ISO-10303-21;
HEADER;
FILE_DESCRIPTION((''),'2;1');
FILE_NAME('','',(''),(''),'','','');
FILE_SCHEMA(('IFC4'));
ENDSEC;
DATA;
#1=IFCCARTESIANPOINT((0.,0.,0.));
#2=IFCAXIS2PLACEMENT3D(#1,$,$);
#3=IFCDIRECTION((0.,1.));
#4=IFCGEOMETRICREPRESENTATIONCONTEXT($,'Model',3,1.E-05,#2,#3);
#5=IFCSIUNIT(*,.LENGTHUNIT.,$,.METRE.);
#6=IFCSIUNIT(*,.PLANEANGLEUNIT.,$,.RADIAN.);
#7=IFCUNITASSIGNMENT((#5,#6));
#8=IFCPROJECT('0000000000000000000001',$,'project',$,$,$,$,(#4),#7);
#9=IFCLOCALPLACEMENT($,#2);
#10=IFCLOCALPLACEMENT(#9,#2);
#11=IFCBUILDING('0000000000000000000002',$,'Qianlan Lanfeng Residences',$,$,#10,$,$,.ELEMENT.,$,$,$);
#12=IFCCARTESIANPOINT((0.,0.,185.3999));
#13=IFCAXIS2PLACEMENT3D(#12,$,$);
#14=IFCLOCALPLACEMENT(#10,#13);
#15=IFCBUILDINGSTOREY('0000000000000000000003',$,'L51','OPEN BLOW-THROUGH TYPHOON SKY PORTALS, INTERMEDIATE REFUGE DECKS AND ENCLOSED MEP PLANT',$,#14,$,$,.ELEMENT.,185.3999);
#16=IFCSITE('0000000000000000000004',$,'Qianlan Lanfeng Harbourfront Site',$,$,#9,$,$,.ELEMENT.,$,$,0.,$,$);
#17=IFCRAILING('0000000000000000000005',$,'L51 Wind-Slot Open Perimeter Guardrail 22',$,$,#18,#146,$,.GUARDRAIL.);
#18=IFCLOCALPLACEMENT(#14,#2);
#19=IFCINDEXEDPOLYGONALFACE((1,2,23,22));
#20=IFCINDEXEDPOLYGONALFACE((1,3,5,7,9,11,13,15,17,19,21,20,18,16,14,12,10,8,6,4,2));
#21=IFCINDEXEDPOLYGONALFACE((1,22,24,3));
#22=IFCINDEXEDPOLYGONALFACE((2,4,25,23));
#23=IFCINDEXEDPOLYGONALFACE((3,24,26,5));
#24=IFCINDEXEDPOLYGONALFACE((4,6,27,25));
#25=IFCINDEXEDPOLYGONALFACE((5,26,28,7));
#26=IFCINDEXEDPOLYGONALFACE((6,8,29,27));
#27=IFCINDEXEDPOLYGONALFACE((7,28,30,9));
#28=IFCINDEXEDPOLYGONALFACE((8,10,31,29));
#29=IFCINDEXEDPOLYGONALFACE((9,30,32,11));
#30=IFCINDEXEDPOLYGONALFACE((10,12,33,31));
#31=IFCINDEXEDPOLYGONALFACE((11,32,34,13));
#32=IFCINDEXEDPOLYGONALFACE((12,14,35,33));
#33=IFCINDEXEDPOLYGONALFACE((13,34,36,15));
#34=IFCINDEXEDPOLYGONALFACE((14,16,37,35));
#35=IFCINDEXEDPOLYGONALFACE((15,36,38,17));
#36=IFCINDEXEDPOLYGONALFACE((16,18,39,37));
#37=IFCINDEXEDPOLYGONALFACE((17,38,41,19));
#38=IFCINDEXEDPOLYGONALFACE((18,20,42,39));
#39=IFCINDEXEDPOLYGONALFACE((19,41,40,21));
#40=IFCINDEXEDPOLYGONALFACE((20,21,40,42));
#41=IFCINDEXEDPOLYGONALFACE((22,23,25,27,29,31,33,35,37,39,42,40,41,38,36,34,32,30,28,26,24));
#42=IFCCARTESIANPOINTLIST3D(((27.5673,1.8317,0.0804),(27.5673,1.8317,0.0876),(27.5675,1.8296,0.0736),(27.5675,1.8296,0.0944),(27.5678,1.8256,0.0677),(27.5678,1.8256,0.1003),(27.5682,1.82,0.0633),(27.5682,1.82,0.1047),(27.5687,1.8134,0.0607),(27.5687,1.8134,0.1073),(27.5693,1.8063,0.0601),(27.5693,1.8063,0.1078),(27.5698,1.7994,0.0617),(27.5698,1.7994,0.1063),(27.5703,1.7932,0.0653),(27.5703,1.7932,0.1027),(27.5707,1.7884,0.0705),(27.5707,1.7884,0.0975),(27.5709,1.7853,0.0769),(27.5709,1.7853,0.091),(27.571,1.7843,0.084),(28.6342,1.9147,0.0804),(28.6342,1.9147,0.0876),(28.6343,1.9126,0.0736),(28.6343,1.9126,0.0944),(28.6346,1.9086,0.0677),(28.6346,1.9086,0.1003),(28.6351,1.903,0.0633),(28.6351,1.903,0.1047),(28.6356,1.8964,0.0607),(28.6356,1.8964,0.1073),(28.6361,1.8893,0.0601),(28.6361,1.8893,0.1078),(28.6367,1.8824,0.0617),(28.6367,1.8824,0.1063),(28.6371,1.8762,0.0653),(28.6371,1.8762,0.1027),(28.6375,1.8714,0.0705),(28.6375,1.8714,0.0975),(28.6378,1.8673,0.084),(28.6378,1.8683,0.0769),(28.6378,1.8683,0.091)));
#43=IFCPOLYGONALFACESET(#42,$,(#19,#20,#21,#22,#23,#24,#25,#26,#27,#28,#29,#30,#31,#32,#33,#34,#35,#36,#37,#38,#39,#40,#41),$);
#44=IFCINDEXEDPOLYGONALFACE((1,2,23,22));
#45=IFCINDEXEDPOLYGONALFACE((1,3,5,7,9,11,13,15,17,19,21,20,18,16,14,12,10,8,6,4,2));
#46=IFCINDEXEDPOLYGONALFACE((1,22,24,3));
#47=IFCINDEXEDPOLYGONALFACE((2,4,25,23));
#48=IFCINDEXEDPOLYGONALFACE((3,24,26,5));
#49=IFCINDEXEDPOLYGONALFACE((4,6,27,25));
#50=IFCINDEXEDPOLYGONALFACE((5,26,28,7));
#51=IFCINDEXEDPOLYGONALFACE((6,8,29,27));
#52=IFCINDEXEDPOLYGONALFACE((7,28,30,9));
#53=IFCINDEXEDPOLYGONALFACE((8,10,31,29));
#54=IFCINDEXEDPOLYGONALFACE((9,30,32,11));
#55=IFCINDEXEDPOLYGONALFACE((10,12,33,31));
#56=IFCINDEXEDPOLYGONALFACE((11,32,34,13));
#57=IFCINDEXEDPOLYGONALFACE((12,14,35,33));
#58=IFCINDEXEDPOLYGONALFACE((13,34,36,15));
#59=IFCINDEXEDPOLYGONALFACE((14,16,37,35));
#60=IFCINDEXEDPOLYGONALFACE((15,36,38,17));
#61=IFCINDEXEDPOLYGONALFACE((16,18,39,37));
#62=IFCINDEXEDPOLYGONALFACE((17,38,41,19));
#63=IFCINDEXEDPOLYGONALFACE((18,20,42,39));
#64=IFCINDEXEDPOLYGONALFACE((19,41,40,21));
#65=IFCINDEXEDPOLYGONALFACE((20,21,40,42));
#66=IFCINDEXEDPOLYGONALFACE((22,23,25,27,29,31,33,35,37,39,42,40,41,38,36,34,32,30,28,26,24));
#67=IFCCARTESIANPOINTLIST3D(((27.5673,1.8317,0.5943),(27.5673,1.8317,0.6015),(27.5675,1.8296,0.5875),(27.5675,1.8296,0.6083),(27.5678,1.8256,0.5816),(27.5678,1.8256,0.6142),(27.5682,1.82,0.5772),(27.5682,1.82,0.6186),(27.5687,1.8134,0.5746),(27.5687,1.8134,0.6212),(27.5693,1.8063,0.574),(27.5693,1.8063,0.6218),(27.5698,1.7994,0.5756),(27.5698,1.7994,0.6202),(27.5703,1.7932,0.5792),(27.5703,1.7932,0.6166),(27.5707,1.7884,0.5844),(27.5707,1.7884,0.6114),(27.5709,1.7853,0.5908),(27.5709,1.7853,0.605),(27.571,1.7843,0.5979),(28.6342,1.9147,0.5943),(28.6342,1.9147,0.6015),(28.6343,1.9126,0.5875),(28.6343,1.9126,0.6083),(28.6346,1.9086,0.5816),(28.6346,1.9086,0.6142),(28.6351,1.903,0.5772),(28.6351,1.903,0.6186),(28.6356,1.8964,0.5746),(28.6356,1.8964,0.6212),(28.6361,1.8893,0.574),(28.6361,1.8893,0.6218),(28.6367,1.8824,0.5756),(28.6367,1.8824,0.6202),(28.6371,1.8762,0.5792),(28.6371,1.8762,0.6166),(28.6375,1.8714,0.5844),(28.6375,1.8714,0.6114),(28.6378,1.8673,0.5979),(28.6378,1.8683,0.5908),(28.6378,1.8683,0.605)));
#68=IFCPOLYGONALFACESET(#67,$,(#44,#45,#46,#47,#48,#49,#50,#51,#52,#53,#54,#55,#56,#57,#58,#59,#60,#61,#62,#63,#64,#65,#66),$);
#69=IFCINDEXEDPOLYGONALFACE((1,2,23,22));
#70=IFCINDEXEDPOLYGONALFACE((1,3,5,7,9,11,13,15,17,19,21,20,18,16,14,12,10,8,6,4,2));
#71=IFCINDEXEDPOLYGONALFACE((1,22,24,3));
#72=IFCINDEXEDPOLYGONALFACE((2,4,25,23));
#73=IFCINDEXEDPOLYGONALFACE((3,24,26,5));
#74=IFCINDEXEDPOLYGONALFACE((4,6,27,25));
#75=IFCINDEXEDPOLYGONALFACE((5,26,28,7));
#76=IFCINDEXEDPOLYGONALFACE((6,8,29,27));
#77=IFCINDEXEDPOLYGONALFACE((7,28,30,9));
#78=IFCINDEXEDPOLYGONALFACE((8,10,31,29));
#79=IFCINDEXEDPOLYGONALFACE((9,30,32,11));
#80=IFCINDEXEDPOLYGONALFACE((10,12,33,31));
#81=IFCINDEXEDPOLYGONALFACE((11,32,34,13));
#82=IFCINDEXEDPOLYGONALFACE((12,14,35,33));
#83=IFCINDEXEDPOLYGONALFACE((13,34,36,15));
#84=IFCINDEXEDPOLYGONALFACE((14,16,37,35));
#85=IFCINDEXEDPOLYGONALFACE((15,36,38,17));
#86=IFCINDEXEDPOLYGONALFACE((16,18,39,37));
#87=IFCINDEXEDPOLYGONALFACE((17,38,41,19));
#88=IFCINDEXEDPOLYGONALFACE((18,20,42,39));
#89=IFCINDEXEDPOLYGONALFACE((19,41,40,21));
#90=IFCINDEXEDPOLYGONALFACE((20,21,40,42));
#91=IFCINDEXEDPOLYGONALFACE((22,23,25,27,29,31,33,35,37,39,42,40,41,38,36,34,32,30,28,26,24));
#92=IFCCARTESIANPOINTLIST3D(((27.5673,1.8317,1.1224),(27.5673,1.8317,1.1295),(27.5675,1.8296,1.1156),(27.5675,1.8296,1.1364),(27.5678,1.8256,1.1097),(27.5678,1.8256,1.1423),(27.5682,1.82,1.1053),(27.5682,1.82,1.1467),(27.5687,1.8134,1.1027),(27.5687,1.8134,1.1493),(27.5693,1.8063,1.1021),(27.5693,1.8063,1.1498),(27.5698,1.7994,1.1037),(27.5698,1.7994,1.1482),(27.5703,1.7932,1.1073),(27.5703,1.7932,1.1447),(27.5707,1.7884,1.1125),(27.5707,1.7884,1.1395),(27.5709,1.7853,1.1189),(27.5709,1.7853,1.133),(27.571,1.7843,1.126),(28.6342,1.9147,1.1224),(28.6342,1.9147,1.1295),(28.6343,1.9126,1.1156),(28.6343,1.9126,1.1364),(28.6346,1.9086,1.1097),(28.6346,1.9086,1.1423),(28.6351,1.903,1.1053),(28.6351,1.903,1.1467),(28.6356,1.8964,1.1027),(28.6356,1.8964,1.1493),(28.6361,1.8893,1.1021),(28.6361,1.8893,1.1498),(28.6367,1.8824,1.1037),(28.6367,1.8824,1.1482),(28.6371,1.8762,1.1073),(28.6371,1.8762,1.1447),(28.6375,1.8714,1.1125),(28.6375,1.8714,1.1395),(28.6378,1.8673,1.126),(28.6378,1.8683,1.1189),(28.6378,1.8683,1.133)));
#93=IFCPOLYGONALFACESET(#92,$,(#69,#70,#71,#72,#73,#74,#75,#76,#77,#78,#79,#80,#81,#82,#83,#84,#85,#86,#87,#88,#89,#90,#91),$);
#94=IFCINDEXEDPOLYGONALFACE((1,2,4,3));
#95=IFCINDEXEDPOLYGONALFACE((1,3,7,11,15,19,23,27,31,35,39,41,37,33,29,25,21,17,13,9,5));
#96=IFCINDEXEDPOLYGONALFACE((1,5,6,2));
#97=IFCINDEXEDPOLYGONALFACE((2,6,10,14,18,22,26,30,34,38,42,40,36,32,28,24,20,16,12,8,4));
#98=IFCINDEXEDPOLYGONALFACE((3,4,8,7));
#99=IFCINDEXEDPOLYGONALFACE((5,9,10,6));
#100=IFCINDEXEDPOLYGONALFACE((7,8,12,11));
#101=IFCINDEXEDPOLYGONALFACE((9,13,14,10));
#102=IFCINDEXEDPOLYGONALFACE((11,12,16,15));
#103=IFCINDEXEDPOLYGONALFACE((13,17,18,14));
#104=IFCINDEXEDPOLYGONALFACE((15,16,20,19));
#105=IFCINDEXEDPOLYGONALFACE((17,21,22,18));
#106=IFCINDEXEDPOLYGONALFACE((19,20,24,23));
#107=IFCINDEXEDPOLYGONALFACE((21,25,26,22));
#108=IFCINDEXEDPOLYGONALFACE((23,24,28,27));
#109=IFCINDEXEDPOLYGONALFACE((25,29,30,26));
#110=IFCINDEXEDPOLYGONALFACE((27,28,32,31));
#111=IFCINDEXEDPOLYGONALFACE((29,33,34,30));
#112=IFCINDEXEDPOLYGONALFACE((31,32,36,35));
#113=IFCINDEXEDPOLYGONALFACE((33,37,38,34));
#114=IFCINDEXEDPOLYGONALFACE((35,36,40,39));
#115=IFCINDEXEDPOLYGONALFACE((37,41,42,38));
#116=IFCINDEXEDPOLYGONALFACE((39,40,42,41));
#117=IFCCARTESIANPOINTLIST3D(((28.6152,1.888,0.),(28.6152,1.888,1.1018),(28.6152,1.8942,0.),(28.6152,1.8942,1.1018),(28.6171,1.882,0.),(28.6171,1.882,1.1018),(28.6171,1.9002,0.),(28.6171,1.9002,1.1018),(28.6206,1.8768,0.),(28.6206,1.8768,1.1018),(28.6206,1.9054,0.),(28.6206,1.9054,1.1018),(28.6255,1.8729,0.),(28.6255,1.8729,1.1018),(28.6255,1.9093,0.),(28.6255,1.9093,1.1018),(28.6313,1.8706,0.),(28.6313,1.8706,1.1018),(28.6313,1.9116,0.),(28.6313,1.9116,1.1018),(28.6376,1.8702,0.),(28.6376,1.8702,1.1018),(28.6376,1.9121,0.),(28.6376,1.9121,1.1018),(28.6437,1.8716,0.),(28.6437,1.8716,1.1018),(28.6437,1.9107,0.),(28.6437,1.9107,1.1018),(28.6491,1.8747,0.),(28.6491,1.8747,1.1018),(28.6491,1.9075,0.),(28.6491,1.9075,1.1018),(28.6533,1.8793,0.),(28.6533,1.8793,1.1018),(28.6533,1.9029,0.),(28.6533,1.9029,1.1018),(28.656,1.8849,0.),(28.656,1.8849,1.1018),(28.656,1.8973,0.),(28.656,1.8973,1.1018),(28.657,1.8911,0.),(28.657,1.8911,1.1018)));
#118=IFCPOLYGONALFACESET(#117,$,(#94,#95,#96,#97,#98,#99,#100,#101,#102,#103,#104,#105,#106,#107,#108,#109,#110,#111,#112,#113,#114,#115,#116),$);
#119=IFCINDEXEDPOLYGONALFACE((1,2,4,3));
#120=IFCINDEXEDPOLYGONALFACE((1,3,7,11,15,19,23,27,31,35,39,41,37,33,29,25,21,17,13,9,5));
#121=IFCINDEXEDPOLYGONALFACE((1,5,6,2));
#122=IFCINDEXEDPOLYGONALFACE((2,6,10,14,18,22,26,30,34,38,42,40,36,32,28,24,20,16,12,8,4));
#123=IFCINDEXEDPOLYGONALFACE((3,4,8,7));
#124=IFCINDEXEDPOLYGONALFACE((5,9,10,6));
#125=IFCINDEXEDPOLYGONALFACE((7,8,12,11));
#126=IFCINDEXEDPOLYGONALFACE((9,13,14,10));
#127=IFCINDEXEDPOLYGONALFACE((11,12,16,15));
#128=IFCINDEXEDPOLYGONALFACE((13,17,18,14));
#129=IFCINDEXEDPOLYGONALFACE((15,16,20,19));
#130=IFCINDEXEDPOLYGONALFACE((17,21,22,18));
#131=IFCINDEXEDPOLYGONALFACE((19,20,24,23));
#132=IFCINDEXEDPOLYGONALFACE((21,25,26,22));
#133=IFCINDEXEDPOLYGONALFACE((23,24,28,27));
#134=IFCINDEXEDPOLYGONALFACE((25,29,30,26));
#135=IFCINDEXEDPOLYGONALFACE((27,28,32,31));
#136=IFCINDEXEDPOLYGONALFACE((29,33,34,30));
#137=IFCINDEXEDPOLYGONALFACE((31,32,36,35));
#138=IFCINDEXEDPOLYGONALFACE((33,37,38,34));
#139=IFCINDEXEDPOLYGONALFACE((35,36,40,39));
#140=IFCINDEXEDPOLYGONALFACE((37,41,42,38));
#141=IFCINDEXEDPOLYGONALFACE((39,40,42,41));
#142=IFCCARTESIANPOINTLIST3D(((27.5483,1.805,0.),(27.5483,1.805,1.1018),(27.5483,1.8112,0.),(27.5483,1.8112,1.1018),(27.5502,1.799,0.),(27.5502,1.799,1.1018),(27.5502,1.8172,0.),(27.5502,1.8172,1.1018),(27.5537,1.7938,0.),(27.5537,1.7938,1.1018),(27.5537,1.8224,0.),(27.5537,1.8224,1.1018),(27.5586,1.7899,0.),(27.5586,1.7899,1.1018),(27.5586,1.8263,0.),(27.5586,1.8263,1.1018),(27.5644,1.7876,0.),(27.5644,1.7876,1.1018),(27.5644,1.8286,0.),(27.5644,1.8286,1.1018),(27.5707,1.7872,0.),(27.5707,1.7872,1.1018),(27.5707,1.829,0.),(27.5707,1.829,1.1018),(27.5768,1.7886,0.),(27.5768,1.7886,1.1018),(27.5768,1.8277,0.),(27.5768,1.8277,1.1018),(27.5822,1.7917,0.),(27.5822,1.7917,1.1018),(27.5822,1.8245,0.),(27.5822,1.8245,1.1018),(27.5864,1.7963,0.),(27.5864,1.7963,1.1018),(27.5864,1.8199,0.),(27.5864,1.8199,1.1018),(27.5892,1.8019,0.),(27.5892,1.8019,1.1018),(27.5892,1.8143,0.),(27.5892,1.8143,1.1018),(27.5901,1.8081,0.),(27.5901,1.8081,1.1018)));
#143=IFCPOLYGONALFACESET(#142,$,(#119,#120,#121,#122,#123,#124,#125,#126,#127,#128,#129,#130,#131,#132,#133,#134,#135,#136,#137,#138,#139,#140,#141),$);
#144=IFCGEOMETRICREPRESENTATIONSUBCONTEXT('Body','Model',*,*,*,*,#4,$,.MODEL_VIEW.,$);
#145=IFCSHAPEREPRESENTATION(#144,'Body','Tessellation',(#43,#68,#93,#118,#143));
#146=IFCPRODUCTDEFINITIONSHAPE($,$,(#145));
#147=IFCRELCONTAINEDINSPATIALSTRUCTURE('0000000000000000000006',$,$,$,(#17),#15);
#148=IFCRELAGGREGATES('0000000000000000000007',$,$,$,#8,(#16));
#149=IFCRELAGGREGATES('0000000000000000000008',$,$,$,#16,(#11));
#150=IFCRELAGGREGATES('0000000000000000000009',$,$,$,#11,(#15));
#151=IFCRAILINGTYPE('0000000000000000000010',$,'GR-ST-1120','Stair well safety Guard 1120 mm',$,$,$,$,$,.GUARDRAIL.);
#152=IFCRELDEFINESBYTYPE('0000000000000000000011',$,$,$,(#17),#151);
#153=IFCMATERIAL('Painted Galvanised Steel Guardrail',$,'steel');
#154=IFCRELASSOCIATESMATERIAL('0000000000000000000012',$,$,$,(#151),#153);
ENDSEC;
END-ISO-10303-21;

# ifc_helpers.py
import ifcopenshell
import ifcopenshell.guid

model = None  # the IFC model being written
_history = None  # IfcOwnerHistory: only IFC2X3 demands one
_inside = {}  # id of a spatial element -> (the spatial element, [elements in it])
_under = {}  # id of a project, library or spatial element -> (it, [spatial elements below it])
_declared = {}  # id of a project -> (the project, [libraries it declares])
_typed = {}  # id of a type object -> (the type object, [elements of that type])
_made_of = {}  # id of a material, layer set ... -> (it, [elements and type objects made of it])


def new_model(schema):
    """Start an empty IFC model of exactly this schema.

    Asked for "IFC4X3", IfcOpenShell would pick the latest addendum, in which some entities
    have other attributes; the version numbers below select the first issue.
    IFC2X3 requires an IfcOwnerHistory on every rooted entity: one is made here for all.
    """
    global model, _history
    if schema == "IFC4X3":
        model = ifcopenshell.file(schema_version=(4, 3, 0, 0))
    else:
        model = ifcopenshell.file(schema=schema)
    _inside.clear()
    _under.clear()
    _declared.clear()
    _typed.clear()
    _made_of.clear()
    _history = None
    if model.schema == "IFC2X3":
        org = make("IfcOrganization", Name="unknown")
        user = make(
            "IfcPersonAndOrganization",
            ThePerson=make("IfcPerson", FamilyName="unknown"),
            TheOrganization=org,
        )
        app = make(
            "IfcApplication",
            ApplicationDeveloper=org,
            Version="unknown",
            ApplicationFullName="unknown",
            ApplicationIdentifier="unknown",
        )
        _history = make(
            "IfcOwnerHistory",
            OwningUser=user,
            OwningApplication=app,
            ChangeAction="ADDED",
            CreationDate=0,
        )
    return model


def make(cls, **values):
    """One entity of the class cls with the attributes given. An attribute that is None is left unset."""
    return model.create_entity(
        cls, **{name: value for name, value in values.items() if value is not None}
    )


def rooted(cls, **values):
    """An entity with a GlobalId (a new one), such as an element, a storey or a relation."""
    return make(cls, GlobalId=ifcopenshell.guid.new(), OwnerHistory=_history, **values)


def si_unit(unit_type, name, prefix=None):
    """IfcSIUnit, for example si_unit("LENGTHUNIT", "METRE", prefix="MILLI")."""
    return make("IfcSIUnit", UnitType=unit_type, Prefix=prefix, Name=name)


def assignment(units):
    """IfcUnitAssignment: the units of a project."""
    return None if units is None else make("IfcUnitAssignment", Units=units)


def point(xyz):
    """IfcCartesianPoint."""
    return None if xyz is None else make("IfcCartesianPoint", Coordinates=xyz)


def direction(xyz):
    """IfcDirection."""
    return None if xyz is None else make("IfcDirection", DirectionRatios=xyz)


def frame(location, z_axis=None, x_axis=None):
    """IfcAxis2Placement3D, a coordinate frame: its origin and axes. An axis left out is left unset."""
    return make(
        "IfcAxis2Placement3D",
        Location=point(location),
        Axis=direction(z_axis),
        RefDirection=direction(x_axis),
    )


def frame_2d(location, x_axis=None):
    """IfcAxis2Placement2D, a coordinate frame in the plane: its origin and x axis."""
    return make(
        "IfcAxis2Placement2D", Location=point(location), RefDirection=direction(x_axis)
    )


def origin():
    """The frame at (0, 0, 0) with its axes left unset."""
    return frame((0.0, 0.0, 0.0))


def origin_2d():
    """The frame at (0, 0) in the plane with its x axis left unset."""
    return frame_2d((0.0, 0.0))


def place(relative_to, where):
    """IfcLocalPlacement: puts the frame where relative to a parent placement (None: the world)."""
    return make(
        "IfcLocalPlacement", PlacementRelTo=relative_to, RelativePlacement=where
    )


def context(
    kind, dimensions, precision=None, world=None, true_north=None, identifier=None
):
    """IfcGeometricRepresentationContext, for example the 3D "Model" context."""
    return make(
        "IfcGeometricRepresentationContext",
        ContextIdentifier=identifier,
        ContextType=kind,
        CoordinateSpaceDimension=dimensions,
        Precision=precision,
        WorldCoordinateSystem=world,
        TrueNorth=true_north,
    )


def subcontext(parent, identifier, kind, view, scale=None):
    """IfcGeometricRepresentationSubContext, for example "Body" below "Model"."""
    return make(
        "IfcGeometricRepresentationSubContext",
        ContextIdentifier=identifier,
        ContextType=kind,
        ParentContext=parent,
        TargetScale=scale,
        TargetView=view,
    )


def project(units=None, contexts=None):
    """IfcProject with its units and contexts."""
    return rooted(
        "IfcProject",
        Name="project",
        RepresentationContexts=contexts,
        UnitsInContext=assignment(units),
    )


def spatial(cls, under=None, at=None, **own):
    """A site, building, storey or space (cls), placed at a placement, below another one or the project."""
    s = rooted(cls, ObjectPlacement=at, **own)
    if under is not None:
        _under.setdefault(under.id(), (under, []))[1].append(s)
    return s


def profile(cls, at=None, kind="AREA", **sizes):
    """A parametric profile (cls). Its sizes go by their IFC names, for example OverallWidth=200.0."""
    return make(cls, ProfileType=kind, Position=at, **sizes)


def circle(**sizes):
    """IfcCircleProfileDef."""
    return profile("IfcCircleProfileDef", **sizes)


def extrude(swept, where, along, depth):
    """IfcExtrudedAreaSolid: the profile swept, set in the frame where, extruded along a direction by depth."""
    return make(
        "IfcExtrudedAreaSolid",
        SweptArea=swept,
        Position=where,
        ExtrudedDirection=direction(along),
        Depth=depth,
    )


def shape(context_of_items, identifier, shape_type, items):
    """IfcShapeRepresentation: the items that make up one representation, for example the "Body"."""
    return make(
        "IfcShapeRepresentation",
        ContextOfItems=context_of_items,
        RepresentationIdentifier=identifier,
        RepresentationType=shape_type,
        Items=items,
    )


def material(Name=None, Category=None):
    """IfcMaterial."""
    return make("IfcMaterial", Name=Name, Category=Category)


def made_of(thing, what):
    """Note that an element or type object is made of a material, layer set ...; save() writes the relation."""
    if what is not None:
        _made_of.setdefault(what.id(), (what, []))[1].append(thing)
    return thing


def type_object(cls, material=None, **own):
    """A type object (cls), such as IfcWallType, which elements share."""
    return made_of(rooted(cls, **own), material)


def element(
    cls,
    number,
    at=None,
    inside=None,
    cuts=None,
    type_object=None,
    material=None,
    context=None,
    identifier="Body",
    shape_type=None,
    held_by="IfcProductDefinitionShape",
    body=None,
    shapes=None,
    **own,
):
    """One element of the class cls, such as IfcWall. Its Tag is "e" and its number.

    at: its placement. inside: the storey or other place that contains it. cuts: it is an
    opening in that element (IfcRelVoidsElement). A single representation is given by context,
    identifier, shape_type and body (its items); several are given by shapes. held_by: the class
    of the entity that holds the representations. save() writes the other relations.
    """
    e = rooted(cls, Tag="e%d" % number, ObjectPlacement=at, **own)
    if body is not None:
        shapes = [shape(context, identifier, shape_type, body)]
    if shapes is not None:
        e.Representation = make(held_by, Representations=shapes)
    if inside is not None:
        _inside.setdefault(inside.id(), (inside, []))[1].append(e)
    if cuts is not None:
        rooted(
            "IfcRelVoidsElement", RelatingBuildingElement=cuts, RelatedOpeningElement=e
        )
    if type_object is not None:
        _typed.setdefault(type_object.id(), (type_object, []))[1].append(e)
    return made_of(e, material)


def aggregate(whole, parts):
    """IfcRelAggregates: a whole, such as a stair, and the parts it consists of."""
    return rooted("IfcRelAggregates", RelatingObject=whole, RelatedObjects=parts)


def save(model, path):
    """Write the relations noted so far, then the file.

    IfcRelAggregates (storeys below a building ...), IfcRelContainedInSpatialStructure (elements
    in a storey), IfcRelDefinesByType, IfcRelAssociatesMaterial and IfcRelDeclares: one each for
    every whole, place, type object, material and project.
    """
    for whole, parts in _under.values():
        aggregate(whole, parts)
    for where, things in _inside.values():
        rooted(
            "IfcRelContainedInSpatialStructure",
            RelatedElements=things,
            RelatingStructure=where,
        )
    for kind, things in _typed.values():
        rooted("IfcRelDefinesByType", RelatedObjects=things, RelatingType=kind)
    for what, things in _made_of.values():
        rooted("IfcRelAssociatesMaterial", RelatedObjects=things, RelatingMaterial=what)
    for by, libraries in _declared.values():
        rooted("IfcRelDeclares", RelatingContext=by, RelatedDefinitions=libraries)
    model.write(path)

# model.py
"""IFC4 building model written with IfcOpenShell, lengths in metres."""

from ifc_helpers import new_model, si_unit, direction, frame, origin, origin_2d, place, context, subcontext, project, spatial, circle, extrude, material, type_object, element, save


model = new_model("IFC4")

# Units and contexts
model_context = context("Model", 3, precision=1e-05, world=origin(), true_north=direction((0.0, 1.0)))
body_context = subcontext(model_context, "Body", "Model", "MODEL_VIEW")
ifc_project = project(units=[si_unit("LENGTHUNIT", "METRE"), si_unit("PLANEANGLEUNIT", "RADIAN")], contexts=[model_context])

# Site, building, storey
site_placement = place(None, origin())
site = spatial("IfcSite", under=ifc_project, at=site_placement, Name="Qianlan Lanfeng Harbourfront Site", CompositionType="ELEMENT", RefElevation=0.0)
building_placement = place(site_placement, origin())
building = spatial("IfcBuilding", under=site, at=building_placement, Name="Qianlan Lanfeng Residences", CompositionType="ELEMENT")
storey_placement = place(building_placement, frame((0.0, 0.0, 185.3999)))
storey = spatial("IfcBuildingStorey", under=building, at=storey_placement, Name="L51", Description="OPEN BLOW-THROUGH TYPHOON SKY PORTALS, INTERMEDIATE REFUGE DECKS AND ENCLOSED MEP PLANT", CompositionType="ELEMENT", Elevation=185.3999)

# Railing
ifc_material_1 = material(Name="Painted Galvanised Steel Guardrail", Category="steel")
railing_type = type_object("IfcRailingType", Name="GR-ST-1120", Description="Stair well safety Guard 1120 mm", PredefinedType="GUARDRAIL", material=ifc_material_1)
railing_1_placement = place(storey_placement, frame((28.636, 1.8911, 0.0)))
element("IfcRailing", 1, at=railing_1_placement, inside=storey, type_object=railing_type, Name="L51 Wind-Slot Open Perimeter Guardrail 22", PredefinedType="GUARDRAIL", context=body_context, shape_type="SweptSolid", body=[
    extrude(circle(Radius=0.0239, at=origin_2d()), frame((0.0, 0.0, 0.084), z_axis=(-0.996987, -0.077569, 0.0), x_axis=(0.077569, -0.996987, 0.0)), (0.0, 0.0, 1.0), 1.0701),
    extrude(circle(Radius=0.0239, at=origin_2d()), frame((0.0, 0.0, 0.5979), z_axis=(-0.996987, -0.077569, 0.0), x_axis=(0.077569, -0.996987, 0.0)), (0.0, 0.0, 1.0), 1.0701),
    extrude(circle(Radius=0.0239, at=origin_2d()), frame((0.0, 0.0, 1.126), z_axis=(-0.996987, -0.077569, 0.0), x_axis=(0.077569, -0.996987, 0.0)), (0.0, 0.0, 1.0), 1.0701),
    extrude(circle(Radius=0.021, at=origin_2d()), origin(), (0.0, 0.0, 1.0), 1.1018),
    extrude(circle(Radius=0.021, at=origin_2d()), frame((-1.0669, -0.083, 0.0)), (0.0, 0.0, 1.0), 1.1018),
])

save(model, "model.ifc")
